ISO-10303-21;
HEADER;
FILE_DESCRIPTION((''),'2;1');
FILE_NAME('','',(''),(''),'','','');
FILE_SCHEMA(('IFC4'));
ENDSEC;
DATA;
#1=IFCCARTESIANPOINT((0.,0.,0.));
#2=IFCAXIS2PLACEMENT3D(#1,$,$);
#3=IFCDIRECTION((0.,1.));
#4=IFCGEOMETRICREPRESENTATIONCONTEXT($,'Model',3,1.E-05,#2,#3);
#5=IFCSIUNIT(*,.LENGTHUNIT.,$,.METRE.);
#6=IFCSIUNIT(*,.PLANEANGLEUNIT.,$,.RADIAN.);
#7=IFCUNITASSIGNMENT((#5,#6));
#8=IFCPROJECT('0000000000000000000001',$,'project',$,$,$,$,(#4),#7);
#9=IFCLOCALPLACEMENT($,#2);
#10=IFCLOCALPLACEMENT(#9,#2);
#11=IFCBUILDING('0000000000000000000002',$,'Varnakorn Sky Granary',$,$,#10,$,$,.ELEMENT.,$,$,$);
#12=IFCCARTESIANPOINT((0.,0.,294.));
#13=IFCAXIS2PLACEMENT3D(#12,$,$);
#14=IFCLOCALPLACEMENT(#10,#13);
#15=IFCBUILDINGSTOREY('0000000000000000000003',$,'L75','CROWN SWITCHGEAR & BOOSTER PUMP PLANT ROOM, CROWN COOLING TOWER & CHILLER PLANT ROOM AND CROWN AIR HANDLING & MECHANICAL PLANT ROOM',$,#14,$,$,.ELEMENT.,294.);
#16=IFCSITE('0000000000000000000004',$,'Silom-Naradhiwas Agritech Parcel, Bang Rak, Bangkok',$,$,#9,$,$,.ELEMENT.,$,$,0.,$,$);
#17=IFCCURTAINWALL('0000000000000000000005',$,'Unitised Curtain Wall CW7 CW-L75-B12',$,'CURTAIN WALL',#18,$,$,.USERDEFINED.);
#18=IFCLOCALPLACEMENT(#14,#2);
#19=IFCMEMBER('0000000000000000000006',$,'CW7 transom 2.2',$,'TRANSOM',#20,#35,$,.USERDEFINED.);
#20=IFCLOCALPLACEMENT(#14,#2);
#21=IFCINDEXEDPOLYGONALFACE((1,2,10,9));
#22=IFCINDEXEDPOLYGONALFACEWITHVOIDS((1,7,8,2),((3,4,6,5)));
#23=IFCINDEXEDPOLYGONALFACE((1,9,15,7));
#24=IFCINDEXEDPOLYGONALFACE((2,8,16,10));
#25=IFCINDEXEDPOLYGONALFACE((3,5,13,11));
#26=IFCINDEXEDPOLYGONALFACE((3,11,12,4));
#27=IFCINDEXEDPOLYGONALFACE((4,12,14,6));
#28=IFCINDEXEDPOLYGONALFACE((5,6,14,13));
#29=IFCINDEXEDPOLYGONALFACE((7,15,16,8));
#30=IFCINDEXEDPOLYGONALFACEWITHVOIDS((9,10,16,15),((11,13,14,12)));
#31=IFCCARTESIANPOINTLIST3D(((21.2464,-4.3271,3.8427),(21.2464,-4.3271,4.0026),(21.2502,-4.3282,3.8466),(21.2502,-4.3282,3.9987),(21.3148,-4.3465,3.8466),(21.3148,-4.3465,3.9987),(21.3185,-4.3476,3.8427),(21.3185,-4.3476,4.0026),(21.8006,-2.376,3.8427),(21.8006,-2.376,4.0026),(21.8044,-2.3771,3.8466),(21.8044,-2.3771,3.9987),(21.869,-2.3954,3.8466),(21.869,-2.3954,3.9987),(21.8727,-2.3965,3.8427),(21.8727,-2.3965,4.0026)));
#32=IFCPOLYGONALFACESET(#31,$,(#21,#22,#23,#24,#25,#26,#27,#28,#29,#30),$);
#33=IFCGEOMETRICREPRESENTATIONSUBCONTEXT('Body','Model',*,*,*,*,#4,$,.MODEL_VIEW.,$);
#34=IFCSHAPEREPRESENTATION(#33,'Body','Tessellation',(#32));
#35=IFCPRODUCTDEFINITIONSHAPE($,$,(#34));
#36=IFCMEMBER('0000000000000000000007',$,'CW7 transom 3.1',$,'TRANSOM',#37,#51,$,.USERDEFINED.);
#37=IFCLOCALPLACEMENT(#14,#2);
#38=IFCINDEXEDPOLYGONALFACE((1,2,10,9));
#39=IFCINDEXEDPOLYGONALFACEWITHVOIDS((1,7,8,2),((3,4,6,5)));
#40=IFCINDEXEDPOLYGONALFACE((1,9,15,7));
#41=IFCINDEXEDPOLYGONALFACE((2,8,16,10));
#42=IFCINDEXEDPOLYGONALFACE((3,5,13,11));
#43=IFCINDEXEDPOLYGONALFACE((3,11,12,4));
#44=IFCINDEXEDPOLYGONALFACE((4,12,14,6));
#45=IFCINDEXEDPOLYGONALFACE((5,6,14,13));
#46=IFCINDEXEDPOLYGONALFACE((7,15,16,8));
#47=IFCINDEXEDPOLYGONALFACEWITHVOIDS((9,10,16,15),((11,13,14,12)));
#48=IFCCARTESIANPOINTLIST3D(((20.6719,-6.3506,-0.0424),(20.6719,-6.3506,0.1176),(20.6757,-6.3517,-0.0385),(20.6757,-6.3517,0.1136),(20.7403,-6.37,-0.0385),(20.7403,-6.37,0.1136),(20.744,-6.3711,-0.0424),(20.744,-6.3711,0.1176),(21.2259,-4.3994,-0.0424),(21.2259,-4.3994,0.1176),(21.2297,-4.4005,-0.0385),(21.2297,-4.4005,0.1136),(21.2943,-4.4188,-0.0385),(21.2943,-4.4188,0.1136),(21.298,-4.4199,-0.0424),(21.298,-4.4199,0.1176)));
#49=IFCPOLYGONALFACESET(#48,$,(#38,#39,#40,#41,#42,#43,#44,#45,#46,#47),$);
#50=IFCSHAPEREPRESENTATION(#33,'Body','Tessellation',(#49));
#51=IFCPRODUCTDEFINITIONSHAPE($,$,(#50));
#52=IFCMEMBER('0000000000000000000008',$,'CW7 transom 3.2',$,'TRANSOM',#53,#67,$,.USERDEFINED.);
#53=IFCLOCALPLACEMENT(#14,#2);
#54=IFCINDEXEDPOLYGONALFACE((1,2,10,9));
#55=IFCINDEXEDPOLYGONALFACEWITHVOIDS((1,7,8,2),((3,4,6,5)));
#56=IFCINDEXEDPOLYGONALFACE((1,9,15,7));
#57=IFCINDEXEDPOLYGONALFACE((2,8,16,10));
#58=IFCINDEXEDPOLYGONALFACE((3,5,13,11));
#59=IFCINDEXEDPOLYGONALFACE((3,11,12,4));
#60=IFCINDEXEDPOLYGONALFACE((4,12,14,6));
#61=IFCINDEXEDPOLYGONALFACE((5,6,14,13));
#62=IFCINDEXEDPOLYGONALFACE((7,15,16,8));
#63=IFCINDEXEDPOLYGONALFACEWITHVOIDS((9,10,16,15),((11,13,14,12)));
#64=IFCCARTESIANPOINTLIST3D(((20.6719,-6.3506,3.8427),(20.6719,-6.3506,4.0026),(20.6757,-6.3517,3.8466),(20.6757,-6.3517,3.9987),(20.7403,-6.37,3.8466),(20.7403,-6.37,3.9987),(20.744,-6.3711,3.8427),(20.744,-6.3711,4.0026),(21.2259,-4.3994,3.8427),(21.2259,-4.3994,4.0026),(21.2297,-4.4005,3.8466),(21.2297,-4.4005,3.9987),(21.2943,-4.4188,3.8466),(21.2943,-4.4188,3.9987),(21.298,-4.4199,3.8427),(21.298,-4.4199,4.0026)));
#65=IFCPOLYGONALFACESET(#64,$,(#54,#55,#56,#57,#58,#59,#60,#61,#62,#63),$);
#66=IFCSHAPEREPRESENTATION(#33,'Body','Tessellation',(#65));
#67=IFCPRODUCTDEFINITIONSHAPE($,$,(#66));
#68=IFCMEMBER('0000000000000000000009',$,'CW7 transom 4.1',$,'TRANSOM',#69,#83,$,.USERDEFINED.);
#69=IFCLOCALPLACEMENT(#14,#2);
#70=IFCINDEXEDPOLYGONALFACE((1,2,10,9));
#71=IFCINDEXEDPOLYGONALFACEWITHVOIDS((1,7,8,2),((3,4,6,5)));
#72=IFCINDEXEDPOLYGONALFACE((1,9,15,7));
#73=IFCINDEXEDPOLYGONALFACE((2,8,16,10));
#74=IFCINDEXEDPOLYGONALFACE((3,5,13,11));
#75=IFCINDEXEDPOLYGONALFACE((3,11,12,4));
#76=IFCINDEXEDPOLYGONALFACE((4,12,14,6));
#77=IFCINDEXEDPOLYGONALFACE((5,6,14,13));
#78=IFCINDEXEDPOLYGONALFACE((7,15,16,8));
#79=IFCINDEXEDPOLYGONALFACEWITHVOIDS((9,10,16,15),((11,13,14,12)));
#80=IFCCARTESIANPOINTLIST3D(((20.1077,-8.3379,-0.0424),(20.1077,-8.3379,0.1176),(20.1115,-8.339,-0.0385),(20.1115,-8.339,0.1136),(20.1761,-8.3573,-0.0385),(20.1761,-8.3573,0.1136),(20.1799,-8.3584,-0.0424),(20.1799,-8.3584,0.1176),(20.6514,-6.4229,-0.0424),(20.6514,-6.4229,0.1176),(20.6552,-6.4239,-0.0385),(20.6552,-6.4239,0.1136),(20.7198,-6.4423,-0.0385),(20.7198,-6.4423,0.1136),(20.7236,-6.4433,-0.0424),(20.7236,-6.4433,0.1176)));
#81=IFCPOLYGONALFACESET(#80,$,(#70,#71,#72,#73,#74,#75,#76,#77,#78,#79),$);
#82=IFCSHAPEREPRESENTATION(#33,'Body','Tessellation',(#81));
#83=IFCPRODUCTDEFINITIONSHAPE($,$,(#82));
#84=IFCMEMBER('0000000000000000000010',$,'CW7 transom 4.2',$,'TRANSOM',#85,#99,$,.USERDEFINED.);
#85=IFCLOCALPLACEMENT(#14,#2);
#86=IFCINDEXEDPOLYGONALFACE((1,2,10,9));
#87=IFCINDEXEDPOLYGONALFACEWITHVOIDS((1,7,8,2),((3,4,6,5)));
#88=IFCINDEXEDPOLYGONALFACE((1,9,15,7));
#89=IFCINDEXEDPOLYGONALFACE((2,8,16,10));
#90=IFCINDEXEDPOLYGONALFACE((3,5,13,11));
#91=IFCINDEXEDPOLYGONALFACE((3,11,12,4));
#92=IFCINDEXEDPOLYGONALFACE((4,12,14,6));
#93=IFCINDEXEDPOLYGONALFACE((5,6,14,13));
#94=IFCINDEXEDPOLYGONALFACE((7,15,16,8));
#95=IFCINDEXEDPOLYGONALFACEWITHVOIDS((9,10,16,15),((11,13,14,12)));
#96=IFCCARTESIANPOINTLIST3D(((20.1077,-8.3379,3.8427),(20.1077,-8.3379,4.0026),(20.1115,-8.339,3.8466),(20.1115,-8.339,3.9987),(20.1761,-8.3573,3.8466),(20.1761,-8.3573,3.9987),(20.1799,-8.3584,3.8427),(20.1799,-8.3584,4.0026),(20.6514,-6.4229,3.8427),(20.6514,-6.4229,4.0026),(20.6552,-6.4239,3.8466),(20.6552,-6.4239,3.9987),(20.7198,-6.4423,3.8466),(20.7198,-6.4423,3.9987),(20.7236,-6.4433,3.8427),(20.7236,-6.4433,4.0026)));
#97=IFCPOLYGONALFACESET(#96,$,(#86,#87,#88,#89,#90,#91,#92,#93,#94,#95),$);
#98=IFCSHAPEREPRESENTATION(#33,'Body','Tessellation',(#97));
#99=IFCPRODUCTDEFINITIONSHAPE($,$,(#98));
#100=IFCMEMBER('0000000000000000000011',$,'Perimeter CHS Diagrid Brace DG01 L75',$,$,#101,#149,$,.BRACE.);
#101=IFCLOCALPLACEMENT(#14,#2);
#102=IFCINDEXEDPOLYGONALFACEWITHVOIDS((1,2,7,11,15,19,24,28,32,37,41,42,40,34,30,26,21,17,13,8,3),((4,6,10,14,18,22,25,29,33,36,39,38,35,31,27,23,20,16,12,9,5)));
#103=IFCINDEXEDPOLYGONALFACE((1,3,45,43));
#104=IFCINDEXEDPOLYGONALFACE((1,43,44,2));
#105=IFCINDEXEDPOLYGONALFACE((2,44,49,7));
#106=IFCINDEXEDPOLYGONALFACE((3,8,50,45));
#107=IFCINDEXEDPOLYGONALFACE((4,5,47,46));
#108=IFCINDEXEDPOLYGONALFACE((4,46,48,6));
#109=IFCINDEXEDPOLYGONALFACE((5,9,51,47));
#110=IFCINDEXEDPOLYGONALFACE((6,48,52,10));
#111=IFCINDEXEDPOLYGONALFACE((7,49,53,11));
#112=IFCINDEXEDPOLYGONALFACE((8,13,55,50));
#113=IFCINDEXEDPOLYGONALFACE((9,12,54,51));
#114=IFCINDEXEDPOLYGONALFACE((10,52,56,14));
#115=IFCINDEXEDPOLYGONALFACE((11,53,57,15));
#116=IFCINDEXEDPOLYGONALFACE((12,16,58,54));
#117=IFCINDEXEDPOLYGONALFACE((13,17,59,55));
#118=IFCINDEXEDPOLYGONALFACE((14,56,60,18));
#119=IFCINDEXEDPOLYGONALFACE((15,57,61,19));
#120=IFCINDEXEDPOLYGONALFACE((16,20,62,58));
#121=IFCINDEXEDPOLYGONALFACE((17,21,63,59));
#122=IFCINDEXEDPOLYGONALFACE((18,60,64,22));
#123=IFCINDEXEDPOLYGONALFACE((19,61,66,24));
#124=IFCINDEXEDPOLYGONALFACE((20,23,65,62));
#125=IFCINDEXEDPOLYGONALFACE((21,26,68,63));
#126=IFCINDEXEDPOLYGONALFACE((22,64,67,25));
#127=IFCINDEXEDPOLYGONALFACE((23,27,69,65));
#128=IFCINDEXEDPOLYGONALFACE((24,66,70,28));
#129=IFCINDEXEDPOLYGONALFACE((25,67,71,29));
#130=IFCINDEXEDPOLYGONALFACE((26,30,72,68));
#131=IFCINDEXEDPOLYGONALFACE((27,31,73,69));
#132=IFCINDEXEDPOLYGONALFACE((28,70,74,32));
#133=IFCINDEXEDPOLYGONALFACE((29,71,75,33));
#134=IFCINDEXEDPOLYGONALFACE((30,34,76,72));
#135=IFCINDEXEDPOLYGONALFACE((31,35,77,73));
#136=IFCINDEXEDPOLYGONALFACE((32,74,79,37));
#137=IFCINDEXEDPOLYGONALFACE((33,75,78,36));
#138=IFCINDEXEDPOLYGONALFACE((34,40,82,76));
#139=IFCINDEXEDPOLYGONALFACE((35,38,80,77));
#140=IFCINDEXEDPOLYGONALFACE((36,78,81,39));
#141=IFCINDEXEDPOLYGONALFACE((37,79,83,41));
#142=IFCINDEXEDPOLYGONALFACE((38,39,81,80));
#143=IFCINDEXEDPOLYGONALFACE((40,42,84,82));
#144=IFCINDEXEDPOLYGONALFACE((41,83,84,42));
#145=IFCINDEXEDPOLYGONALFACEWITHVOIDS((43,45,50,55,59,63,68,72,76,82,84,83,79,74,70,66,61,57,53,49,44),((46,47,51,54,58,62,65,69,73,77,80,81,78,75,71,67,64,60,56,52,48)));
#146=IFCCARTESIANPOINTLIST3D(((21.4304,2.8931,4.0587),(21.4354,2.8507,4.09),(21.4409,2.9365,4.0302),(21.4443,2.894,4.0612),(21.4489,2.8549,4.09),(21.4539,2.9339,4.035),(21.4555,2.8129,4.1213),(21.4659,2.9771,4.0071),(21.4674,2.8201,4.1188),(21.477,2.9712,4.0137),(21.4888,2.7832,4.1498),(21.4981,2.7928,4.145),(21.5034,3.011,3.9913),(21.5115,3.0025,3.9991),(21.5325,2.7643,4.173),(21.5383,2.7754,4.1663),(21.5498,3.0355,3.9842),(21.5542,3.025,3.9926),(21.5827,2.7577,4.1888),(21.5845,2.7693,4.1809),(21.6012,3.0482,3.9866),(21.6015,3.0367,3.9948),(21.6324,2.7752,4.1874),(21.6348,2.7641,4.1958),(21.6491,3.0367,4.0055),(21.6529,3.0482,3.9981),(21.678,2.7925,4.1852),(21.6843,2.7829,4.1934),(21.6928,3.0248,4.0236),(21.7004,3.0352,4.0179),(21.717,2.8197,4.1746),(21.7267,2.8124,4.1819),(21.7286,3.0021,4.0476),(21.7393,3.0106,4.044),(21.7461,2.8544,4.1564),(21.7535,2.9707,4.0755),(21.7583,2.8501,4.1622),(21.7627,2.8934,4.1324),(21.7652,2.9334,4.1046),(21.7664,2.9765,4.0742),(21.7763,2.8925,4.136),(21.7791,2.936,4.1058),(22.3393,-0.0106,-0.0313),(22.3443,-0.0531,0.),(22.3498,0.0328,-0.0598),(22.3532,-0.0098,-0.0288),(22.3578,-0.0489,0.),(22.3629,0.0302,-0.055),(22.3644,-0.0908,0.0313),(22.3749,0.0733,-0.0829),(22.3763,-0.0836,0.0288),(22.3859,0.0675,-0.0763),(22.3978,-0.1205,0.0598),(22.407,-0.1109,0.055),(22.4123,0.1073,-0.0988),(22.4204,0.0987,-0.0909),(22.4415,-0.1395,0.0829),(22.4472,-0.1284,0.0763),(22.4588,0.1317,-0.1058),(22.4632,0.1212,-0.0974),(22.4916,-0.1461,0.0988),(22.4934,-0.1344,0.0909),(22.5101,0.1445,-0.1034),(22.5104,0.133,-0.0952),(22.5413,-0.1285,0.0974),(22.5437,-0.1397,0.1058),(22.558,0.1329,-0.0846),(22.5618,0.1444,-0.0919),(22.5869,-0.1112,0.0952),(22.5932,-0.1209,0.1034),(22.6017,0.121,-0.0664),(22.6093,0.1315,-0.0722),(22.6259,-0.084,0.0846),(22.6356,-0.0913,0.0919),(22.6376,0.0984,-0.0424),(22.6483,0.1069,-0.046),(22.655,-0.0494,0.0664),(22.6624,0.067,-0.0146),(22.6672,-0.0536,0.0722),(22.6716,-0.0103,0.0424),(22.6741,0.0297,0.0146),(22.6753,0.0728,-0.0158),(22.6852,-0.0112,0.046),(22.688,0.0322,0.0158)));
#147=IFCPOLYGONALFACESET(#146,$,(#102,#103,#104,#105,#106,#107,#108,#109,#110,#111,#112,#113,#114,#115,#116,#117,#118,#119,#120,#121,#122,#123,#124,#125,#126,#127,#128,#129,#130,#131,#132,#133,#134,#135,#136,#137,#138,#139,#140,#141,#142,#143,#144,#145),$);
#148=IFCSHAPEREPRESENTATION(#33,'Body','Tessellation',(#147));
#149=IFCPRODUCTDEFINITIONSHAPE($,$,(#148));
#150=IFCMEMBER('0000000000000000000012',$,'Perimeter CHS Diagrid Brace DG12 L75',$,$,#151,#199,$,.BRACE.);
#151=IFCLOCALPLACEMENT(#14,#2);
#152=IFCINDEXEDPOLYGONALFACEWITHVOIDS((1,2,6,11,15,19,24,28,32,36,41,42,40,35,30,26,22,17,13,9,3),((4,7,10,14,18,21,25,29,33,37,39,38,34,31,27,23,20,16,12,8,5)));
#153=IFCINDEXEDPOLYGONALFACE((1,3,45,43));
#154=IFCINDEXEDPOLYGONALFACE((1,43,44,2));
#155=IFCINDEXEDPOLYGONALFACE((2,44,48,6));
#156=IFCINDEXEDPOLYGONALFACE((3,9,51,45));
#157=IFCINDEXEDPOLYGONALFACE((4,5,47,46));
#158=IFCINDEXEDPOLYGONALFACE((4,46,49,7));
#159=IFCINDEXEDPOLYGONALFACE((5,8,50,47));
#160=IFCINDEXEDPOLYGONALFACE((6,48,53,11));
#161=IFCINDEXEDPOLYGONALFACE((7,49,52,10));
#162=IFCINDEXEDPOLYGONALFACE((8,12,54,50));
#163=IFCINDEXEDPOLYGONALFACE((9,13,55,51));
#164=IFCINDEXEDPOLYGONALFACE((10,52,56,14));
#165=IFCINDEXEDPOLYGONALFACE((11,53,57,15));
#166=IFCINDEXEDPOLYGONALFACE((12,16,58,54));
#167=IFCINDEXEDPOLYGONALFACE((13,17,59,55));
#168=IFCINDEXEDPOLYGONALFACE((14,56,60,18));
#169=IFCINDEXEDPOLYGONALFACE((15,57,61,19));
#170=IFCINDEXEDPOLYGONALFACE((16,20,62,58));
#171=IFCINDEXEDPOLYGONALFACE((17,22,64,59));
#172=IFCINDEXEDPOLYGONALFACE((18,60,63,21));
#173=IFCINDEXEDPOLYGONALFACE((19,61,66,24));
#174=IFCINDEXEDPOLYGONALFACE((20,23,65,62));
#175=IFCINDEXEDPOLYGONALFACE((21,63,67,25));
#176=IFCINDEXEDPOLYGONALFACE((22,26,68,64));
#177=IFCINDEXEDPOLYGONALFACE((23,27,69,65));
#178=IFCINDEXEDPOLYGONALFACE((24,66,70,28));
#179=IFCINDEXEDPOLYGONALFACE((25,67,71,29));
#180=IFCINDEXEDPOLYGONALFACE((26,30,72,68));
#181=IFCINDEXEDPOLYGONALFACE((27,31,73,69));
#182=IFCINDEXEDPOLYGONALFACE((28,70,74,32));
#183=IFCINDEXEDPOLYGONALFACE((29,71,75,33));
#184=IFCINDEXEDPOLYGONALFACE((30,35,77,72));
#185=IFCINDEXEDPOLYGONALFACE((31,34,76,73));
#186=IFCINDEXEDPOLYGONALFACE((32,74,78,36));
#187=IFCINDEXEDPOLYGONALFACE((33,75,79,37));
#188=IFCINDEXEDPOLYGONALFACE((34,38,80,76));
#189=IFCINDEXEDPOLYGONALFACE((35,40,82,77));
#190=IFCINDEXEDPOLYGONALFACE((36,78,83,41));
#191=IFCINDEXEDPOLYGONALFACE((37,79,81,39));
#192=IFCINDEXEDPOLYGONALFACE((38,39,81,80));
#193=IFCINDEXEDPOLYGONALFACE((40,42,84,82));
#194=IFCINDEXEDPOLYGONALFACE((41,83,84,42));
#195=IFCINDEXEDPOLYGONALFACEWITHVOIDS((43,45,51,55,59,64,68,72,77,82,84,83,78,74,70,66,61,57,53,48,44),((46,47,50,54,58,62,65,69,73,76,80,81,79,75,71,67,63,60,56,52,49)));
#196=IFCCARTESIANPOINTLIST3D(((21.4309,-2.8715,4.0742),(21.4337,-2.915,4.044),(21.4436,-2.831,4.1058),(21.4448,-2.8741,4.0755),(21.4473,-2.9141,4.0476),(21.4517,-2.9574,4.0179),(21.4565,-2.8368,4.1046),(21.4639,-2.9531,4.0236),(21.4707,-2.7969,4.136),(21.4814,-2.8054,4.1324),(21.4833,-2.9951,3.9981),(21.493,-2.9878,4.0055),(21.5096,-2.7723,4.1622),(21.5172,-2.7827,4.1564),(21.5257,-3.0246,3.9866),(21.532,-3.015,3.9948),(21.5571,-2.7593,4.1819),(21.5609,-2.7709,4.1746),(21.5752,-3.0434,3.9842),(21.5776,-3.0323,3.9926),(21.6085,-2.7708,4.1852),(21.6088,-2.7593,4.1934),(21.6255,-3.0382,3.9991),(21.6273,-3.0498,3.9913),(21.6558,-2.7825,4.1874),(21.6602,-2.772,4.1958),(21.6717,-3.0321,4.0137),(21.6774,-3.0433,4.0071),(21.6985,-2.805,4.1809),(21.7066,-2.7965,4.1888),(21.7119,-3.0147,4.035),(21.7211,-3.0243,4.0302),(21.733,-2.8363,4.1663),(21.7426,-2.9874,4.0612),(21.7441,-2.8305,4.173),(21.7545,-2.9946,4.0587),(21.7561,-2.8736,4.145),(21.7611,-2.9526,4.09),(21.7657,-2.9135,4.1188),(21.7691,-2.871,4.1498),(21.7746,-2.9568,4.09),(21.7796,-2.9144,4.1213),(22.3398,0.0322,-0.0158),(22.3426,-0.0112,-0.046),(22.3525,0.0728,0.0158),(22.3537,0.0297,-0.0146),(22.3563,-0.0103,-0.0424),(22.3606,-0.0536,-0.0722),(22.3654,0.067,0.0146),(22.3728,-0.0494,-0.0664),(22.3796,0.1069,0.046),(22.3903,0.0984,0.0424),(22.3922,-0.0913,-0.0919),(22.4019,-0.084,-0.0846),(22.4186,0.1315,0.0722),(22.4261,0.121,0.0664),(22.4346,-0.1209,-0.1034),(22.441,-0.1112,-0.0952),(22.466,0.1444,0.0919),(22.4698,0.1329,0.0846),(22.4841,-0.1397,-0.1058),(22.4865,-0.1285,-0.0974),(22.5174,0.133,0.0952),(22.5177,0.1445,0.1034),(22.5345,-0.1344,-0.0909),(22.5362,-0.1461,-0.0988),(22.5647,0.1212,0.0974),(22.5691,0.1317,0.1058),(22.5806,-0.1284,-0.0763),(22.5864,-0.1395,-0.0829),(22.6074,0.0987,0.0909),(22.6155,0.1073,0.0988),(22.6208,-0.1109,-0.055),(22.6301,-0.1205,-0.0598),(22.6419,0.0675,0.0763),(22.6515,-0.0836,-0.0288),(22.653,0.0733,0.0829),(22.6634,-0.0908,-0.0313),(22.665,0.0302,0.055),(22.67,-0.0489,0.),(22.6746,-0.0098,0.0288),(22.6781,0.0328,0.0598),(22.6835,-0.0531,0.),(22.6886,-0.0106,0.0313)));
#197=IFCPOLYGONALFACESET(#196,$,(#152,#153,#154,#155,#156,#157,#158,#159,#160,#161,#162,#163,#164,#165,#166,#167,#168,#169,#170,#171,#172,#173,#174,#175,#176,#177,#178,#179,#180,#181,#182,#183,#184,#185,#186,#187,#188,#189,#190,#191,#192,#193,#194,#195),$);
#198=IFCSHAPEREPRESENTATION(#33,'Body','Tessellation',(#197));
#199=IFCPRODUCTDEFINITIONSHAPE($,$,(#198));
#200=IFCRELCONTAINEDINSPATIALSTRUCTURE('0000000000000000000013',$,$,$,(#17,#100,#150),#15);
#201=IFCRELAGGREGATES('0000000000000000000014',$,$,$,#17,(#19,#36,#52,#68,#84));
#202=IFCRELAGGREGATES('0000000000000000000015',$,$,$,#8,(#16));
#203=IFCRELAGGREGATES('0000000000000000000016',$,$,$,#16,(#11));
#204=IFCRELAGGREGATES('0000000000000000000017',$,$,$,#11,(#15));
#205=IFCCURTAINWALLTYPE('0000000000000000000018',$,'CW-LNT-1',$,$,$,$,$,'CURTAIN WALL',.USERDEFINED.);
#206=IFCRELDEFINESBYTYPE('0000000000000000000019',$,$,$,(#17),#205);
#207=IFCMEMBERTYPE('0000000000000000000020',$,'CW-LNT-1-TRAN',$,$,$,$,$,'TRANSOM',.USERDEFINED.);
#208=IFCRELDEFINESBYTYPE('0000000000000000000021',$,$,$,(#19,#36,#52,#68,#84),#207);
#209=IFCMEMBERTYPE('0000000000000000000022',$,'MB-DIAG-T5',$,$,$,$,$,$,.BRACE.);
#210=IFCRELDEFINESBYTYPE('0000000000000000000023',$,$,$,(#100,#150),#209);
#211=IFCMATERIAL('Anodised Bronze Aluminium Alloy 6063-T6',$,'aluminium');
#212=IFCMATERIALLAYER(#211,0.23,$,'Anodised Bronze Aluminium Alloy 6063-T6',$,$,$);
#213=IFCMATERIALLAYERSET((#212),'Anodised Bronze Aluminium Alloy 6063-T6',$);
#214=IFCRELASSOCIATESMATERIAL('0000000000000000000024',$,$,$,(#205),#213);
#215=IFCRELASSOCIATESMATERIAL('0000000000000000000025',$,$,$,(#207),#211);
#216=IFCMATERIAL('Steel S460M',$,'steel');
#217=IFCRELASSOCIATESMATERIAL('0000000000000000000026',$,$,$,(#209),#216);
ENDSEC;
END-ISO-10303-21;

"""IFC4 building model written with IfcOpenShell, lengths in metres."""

from ifc_helpers import new_model, si_unit, direction, frame, origin, origin_2d, place, context, subcontext, project, spatial, hollow_rectangle, hollow_circle, extrude, material, layer, layer_set, material_profile, profile_set, type_object, element, aggregate, save


model = new_model("IFC4")

# Units and contexts
model_context = context("Model", 3, precision=1e-05, world=origin(), true_north=direction((0.0, 1.0)))
body_context = subcontext(model_context, "Body", "Model", "MODEL_VIEW")
ifc_project = project(units=[si_unit("LENGTHUNIT", "METRE"), si_unit("PLANEANGLEUNIT", "RADIAN")], contexts=[model_context])

# Site, building, storey
site_placement = place(None, origin())
site = spatial("IfcSite", under=ifc_project, at=site_placement, Name="Silom-Naradhiwas Agritech Parcel, Bang Rak, Bangkok", CompositionType="ELEMENT", RefElevation=0.0)
building_placement = place(site_placement, origin())
building = spatial("IfcBuilding", under=site, at=building_placement, Name="Varnakorn Sky Granary", CompositionType="ELEMENT")
storey_placement = place(building_placement, frame((0.0, 0.0, 294.0)))
storey = spatial("IfcBuildingStorey", under=building, at=storey_placement, Name="L75", Description="CROWN SWITCHGEAR & BOOSTER PUMP PLANT ROOM, CROWN COOLING TOWER & CHILLER PLANT ROOM AND CROWN AIR HANDLING & MECHANICAL PLANT ROOM", CompositionType="ELEMENT", Elevation=294.0)

# Shared definitions
ifc_material_1 = material(Name="Steel S460M", Category="steel")

# Curtain wall, members
ifc_material_2 = material(Name="Anodised Bronze Aluminium Alloy 6063-T6", Category="aluminium")
ifc_layer_1 = layer(ifc_material_2, 0.23, Name="Anodised Bronze Aluminium Alloy 6063-T6")
ifc_layer_set_1 = layer_set([ifc_layer_1], Name="Anodised Bronze Aluminium Alloy 6063-T6")
curtain_wall_type = type_object("IfcCurtainWallType", Name="CW-LNT-1", ElementType="CURTAIN WALL", PredefinedType="USERDEFINED", material=ifc_layer_set_1)
curtain_wall_placement = place(storey_placement, origin())
curtain_wall = element("IfcCurtainWall", 1, at=curtain_wall_placement, inside=storey, type_object=curtain_wall_type, Name="Unitised Curtain Wall CW7 CW-L75-B12", ObjectType="CURTAIN WALL", PredefinedType="USERDEFINED")
ifc_material_profile_1 = material_profile(ifc_material_2, hollow_rectangle(XDim=0.075, YDim=0.1599, WallThickness=0.0039, at=origin_2d()), Name="ALU TRAN 75x160")
ifc_profile_set_1 = profile_set([ifc_material_profile_1], Name="Anodised Bronze Aluminium Alloy 6063-T6")
member_type_1 = type_object("IfcMemberType", Name="CW-LNT-1-TRAN", ElementType="TRANSOM", PredefinedType="USERDEFINED", material=ifc_profile_set_1)
member_1_placement = place(storey_placement, frame((21.8367, -2.3862, 3.9226), z_axis=(-0.273226, -0.96195, 0.0), x_axis=(0.96195, -0.273226, 0.0)))
member_1 = element("IfcMember", 2, at=member_1_placement, type_object=member_type_1, Name="CW7 transom 2.2", ObjectType="TRANSOM", PredefinedType="USERDEFINED", context=body_context, shape_type="SweptSolid", body=[
    extrude(hollow_rectangle(XDim=0.075, YDim=0.1599, WallThickness=0.0039, at=origin_2d()), origin(), (0.0, 0.0, 1.0), 2.0283),
])
member_2_placement = place(storey_placement, frame((21.262, -4.4097, 0.0376), z_axis=(-0.273115, -0.961981, 0.0), x_axis=(0.961981, -0.273115, 0.0)))
member_2 = element("IfcMember", 3, at=member_2_placement, type_object=member_type_1, Name="CW7 transom 3.1", ObjectType="TRANSOM", PredefinedType="USERDEFINED", context=body_context, shape_type="SweptSolid", body=[
    extrude(hollow_rectangle(XDim=0.075, YDim=0.1599, WallThickness=0.0039, at=origin_2d()), origin(), (0.0, 0.0, 1.0), 2.0283),
])
member_3_placement = place(storey_placement, frame((21.262, -4.4097, 3.9226), z_axis=(-0.273115, -0.961981, 0.0), x_axis=(0.961981, -0.273115, 0.0)))
member_3 = element("IfcMember", 4, at=member_3_placement, type_object=member_type_1, Name="CW7 transom 3.2", ObjectType="TRANSOM", PredefinedType="USERDEFINED", context=body_context, shape_type="SweptSolid", body=[
    extrude(hollow_rectangle(XDim=0.075, YDim=0.1599, WallThickness=0.0039, at=origin_2d()), origin(), (0.0, 0.0, 1.0), 2.0283),
])
member_4_placement = place(storey_placement, frame((20.6875, -6.4331, 0.0376), z_axis=(-0.273117, -0.961981, 0.0), x_axis=(0.961981, -0.273117, 0.0)))
member_4 = element("IfcMember", 5, at=member_4_placement, type_object=member_type_1, Name="CW7 transom 4.1", ObjectType="TRANSOM", PredefinedType="USERDEFINED", context=body_context, shape_type="SweptSolid", body=[
    extrude(hollow_rectangle(XDim=0.075, YDim=0.1599, WallThickness=0.0039, at=origin_2d()), origin(), (0.0, 0.0, 1.0), 1.9907),
])
member_5_placement = place(storey_placement, frame((20.6875, -6.4331, 3.9226), z_axis=(-0.273117, -0.961981, 0.0), x_axis=(0.961981, -0.273117, 0.0)))
member_5 = element("IfcMember", 6, at=member_5_placement, type_object=member_type_1, Name="CW7 transom 4.2", ObjectType="TRANSOM", PredefinedType="USERDEFINED", context=body_context, shape_type="SweptSolid", body=[
    extrude(hollow_rectangle(XDim=0.075, YDim=0.1599, WallThickness=0.0039, at=origin_2d()), origin(), (0.0, 0.0, 1.0), 1.9907),
])

# Members
ifc_material_profile_2 = material_profile(ifc_material_1, hollow_circle(Radius=0.1777, WallThickness=0.0142, at=origin_2d()), Name="CHS 355.6x14")
ifc_profile_set_2 = profile_set([ifc_material_profile_2], Name="Steel S460M")
member_type_2 = type_object("IfcMemberType", Name="MB-DIAG-T5", PredefinedType="BRACE", material=ifc_profile_set_2)
for number, where, z_axis, x_axis, name in (
    (7, (22.5139, 0.0, 0.0), (-0.178301, 0.569625, 0.802331), (-0.95434, -0.298723, 0.0), "Perimeter CHS Diagrid Brace DG01 L75"),
    (8, (22.5139, 0.0, 0.0), (-0.178301, -0.569625, 0.802331), (0.95434, -0.298723, 0.0), "Perimeter CHS Diagrid Brace DG12 L75"),
):
    element("IfcMember", number, at=place(storey_placement, frame(where, z_axis=z_axis, x_axis=x_axis)), inside=storey, type_object=member_type_2, Name=name, PredefinedType="BRACE", context=body_context, shape_type="SweptSolid", body=[
        extrude(hollow_circle(Radius=0.1777, WallThickness=0.0142, at=origin_2d()), origin(), (0.0, 0.0, 1.0), 5.0977),
    ])

aggregate(curtain_wall, [member_1, member_2, member_3, member_4, member_5])

save(model, "model.ifc")
